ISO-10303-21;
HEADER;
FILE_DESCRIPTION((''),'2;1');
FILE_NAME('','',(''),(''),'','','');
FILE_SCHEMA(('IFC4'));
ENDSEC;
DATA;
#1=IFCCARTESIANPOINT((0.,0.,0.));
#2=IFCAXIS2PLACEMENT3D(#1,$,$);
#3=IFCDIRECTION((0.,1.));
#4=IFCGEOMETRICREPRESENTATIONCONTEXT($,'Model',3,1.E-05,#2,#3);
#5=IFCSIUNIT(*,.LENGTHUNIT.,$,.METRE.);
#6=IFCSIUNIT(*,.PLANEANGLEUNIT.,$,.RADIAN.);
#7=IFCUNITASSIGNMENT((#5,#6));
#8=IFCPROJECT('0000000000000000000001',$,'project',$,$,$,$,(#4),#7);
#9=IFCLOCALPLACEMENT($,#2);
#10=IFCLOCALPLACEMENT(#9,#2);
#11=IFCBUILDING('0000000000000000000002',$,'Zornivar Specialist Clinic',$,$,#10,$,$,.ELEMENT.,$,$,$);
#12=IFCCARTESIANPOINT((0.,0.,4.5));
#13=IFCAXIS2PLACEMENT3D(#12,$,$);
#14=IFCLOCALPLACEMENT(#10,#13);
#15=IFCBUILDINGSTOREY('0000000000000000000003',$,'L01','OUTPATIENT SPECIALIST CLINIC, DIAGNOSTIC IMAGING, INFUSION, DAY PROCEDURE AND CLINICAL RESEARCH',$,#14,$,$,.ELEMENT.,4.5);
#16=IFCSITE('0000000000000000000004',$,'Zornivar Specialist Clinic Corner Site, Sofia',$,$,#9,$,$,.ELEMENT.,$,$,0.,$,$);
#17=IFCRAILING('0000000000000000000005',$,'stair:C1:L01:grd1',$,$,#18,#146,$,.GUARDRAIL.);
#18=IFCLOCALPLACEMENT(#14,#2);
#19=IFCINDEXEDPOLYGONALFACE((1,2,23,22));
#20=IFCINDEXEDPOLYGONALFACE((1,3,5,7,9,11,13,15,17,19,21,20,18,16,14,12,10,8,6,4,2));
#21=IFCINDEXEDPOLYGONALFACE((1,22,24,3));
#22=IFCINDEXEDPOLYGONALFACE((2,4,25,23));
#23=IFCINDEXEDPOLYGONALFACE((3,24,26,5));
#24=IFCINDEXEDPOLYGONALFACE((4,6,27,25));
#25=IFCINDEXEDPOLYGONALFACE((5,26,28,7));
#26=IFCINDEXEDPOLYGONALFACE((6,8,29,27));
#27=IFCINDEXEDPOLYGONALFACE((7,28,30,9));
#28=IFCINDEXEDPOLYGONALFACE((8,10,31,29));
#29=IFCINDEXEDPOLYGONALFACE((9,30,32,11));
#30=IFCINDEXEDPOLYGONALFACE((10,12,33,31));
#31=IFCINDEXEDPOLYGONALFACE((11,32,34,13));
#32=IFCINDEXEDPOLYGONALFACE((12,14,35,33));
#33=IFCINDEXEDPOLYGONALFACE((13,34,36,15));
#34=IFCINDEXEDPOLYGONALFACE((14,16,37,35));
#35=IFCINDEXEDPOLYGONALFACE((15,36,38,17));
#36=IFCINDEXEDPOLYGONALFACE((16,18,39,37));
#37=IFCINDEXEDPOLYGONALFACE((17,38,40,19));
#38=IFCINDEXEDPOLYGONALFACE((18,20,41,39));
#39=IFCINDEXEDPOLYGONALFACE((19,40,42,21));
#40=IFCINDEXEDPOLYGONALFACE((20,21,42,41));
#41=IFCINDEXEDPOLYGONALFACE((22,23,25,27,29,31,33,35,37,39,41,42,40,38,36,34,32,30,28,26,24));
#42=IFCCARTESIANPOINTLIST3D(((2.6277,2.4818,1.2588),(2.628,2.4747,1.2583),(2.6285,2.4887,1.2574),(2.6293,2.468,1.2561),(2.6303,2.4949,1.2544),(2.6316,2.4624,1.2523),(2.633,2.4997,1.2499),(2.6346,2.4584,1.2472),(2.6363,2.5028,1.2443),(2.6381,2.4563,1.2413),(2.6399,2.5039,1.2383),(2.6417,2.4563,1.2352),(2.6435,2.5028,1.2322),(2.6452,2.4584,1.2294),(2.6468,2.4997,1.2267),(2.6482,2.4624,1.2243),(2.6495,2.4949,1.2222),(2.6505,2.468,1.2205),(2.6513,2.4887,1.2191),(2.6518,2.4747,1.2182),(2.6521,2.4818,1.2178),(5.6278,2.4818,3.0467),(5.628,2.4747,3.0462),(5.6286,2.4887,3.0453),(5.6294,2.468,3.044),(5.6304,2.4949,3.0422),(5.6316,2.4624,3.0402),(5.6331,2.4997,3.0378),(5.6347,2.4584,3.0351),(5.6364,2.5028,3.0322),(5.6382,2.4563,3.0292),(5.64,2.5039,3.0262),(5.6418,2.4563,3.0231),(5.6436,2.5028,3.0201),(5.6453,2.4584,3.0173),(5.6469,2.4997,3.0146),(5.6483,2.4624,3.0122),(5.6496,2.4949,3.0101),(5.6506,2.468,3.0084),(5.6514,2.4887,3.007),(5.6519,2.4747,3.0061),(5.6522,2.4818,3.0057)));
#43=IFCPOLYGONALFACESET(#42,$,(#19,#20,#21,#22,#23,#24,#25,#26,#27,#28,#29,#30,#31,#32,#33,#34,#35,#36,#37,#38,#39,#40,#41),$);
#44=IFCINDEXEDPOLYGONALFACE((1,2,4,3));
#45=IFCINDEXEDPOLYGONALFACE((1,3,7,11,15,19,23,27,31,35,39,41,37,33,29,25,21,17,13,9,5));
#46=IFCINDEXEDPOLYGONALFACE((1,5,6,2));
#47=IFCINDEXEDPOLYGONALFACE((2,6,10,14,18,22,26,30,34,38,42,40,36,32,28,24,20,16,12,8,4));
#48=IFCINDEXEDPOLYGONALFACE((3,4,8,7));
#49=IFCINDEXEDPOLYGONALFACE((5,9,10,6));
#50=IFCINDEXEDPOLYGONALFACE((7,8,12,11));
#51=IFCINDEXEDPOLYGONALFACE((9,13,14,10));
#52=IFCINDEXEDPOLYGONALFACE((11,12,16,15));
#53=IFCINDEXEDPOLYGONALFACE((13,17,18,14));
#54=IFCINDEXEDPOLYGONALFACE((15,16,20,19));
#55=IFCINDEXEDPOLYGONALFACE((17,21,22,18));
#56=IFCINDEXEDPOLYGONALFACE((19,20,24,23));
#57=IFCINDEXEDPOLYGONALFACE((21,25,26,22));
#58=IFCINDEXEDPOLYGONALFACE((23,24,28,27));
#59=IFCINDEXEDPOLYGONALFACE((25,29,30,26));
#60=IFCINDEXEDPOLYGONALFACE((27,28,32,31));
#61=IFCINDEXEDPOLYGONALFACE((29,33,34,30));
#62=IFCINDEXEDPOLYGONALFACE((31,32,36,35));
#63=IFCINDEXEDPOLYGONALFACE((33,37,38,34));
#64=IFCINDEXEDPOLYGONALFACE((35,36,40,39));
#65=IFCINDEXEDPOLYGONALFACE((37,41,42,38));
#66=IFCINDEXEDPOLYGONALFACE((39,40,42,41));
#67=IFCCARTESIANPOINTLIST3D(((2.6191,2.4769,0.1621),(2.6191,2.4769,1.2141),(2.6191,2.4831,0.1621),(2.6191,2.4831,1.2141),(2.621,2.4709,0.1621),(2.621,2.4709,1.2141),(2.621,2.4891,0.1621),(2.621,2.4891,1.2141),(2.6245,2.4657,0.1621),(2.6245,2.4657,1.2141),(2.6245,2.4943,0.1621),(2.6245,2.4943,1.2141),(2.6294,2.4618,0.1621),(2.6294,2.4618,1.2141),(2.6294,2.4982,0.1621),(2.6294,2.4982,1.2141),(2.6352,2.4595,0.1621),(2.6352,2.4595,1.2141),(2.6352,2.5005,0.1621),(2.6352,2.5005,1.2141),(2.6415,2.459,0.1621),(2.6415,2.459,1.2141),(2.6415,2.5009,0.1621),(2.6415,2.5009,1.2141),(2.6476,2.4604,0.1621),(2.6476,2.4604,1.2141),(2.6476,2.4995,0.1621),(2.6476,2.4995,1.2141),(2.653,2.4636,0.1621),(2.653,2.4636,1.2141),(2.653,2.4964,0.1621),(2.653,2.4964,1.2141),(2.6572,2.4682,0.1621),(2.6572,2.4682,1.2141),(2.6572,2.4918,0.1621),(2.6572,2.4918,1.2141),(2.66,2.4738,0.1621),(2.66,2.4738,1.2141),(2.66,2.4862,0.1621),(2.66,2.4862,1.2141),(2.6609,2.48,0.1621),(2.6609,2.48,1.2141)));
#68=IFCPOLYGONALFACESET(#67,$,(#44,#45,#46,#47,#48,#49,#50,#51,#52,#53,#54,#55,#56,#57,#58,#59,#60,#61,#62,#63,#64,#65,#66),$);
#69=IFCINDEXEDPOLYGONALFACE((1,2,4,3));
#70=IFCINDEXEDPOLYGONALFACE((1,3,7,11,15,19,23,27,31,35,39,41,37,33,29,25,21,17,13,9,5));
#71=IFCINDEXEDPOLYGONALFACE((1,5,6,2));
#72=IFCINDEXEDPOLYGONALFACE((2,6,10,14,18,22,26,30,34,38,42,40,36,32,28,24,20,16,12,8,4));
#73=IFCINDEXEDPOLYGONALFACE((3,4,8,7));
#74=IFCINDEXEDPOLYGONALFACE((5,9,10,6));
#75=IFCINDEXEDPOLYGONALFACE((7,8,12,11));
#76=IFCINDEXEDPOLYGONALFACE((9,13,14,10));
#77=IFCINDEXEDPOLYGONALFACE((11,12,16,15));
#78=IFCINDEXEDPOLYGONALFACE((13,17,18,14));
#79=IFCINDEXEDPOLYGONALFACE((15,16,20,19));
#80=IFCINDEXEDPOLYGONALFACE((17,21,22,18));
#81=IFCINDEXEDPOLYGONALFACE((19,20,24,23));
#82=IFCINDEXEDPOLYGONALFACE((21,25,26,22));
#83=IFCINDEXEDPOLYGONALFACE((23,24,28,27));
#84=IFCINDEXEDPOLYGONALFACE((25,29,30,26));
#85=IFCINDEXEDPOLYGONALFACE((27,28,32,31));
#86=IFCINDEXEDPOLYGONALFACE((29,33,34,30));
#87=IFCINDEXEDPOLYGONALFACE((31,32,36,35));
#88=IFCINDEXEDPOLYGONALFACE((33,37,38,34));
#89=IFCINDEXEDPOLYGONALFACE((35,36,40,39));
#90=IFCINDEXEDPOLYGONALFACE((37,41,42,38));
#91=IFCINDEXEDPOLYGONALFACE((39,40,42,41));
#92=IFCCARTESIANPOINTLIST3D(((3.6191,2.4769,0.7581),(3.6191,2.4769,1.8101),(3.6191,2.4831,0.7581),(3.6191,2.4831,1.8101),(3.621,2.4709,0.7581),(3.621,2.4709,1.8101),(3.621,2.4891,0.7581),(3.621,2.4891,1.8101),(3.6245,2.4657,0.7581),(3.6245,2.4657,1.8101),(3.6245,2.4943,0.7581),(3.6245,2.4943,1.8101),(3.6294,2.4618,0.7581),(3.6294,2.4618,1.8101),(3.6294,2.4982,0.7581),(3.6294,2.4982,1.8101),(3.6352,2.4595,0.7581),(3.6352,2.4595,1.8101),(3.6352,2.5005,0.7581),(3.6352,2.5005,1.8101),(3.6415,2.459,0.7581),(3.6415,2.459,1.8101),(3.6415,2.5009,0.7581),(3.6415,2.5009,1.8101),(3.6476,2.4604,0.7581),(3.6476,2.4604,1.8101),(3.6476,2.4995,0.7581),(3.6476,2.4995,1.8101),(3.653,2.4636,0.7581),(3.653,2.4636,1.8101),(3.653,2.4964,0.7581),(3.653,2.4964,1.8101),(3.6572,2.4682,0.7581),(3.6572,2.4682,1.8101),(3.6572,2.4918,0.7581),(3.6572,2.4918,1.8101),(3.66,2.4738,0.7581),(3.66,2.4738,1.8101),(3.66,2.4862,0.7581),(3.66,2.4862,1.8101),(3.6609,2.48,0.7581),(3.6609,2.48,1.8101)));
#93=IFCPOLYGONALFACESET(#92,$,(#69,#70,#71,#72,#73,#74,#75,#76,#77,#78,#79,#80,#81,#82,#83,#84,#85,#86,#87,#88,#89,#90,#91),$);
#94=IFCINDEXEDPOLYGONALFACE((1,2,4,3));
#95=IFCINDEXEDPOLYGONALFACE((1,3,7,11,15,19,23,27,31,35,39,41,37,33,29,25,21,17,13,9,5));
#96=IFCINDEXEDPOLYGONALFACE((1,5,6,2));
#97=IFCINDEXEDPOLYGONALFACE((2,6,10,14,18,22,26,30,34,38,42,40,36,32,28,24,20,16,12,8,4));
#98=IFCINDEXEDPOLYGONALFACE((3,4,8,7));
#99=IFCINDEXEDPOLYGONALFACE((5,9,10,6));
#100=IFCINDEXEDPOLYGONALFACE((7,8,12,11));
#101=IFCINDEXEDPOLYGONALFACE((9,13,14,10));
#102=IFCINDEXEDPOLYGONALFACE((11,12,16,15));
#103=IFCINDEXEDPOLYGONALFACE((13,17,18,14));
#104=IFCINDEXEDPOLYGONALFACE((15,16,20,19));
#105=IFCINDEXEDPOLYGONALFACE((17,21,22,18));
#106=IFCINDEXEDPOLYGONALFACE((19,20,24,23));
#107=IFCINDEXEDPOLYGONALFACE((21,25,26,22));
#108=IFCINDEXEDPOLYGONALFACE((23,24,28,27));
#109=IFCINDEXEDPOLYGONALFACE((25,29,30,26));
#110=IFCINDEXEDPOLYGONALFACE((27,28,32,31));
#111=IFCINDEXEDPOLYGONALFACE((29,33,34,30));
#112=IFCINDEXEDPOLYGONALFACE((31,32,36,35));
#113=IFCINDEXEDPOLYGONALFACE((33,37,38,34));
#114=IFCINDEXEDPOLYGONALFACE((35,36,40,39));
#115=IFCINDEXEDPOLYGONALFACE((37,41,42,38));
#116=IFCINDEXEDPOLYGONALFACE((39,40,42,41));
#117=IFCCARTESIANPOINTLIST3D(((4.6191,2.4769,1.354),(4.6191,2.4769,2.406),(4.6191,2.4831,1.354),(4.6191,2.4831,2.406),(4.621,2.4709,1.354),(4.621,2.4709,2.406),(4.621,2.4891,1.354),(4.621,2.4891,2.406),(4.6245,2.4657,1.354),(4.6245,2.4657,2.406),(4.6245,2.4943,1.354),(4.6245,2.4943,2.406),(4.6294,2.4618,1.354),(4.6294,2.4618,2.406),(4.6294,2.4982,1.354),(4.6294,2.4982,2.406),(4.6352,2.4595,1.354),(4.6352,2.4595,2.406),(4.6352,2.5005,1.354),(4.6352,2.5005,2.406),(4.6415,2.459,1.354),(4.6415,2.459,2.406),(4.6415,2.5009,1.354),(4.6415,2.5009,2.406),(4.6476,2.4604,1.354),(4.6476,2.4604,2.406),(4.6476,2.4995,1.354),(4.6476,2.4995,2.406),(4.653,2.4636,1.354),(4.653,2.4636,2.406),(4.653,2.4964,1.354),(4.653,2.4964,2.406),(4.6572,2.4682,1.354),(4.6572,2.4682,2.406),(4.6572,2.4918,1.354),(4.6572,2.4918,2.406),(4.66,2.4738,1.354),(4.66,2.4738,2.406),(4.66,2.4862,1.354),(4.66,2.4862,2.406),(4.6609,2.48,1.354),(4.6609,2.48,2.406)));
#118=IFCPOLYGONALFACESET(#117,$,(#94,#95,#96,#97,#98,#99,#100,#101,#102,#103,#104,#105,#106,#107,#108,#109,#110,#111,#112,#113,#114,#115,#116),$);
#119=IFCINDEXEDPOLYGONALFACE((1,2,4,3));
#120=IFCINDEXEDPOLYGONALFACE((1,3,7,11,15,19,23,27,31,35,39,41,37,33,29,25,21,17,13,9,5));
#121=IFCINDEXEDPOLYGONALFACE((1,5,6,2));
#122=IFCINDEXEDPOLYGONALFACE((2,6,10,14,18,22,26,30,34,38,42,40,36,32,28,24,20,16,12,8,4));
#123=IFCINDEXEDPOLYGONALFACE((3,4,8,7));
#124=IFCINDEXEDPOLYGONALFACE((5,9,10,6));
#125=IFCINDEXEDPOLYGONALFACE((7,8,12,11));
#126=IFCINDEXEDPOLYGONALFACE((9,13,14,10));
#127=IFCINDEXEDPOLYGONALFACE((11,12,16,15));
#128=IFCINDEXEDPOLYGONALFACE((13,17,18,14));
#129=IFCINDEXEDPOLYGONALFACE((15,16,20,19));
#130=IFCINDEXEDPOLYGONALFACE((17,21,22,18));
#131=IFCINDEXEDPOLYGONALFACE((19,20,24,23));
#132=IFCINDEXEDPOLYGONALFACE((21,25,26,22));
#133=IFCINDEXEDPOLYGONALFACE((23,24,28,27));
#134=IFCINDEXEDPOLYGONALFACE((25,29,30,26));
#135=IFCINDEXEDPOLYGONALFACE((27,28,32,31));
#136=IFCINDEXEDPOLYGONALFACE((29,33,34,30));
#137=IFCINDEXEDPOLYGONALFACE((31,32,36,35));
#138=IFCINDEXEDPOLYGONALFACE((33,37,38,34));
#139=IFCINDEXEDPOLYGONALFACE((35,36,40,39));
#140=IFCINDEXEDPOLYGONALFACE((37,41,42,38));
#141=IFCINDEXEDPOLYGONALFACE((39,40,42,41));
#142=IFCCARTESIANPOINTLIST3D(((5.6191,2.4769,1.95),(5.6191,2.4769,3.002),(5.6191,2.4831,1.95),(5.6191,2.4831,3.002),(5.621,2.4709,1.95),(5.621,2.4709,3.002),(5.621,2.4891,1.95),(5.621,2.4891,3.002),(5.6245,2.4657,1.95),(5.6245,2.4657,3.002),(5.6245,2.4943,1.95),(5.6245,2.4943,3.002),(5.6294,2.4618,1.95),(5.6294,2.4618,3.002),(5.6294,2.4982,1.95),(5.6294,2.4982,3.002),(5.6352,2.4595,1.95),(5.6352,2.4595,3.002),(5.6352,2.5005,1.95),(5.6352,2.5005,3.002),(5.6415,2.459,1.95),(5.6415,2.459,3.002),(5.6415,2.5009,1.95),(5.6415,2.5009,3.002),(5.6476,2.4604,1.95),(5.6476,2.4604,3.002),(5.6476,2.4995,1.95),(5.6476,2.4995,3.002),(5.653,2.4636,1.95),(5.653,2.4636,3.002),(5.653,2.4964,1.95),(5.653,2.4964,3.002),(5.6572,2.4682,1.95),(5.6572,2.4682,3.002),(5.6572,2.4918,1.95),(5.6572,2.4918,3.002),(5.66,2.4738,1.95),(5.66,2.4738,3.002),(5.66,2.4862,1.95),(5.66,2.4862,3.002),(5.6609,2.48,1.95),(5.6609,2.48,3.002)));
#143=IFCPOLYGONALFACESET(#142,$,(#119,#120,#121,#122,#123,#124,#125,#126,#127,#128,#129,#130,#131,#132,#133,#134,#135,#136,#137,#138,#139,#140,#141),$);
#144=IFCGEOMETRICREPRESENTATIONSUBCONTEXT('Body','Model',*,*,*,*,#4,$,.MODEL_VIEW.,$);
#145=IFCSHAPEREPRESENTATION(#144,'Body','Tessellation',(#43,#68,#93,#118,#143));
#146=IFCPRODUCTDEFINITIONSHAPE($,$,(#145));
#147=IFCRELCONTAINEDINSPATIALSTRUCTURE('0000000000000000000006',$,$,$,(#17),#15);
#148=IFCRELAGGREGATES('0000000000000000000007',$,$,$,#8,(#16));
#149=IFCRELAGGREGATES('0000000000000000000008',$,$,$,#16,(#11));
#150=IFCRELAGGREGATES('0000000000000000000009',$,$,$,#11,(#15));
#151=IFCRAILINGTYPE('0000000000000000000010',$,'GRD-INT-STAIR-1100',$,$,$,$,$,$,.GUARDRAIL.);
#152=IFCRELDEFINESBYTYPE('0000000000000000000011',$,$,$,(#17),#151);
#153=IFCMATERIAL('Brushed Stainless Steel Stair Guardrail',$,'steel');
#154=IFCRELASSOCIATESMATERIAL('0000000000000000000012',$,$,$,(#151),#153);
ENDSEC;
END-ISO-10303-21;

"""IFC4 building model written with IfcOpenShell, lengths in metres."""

from ifc_helpers import new_model, si_unit, direction, frame, origin, origin_2d, place, context, subcontext, project, spatial, circle, extrude, material, type_object, element, save


model = new_model("IFC4")

# Units and contexts
model_context = context("Model", 3, precision=1e-05, world=origin(), true_north=direction((0.0, 1.0)))
body_context = subcontext(model_context, "Body", "Model", "MODEL_VIEW")
ifc_project = project(units=[si_unit("LENGTHUNIT", "METRE"), si_unit("PLANEANGLEUNIT", "RADIAN")], contexts=[model_context])

# Site, building, storey
site_placement = place(None, origin())
site = spatial("IfcSite", under=ifc_project, at=site_placement, Name="Zornivar Specialist Clinic Corner Site, Sofia", CompositionType="ELEMENT", RefElevation=0.0)
building_placement = place(site_placement, origin())
building = spatial("IfcBuilding", under=site, at=building_placement, Name="Zornivar Specialist Clinic", CompositionType="ELEMENT")
storey_placement = place(building_placement, frame((0.0, 0.0, 4.5)))
storey = spatial("IfcBuildingStorey", under=building, at=storey_placement, Name="L01", Description="OUTPATIENT SPECIALIST CLINIC, DIAGNOSTIC IMAGING, INFUSION, DAY PROCEDURE AND CLINICAL RESEARCH", CompositionType="ELEMENT", Elevation=4.5)

# Railing
ifc_material_1 = material(Name="Brushed Stainless Steel Stair Guardrail", Category="steel")
railing_type_1 = type_object("IfcRailingType", Name="GRD-INT-STAIR-1100", PredefinedType="GUARDRAIL", material=ifc_material_1)
railing_1_placement = place(storey_placement, frame((2.6399, 2.48, 0.1621)))
element("IfcRailing", 1, at=railing_1_placement, inside=storey, type_object=railing_type_1, Name="stair:C1:L01:grd1", PredefinedType="GUARDRAIL", context=body_context, shape_type="SweptSolid", body=[
    extrude(circle(Radius=0.0239, at=origin_2d()), frame((0.0, 0.0, 1.0762), z_axis=(0.859025, 0.0, 0.511934), x_axis=(0.0, 1.0, 0.0)), (0.0, 0.0, 1.0), 3.4924),
    extrude(circle(Radius=0.021, at=origin_2d()), origin(), (0.0, 0.0, 1.0), 1.052),
    extrude(circle(Radius=0.021, at=origin_2d()), frame((1.0, 0.0, 0.5959)), (0.0, 0.0, 1.0), 1.052),
    extrude(circle(Radius=0.021, at=origin_2d()), frame((2.0, 0.0, 1.1919)), (0.0, 0.0, 1.0), 1.052),
    extrude(circle(Radius=0.021, at=origin_2d()), frame((3.0, 0.0, 1.7878)), (0.0, 0.0, 1.0), 1.052),
])

save(model, "model.ifc")
